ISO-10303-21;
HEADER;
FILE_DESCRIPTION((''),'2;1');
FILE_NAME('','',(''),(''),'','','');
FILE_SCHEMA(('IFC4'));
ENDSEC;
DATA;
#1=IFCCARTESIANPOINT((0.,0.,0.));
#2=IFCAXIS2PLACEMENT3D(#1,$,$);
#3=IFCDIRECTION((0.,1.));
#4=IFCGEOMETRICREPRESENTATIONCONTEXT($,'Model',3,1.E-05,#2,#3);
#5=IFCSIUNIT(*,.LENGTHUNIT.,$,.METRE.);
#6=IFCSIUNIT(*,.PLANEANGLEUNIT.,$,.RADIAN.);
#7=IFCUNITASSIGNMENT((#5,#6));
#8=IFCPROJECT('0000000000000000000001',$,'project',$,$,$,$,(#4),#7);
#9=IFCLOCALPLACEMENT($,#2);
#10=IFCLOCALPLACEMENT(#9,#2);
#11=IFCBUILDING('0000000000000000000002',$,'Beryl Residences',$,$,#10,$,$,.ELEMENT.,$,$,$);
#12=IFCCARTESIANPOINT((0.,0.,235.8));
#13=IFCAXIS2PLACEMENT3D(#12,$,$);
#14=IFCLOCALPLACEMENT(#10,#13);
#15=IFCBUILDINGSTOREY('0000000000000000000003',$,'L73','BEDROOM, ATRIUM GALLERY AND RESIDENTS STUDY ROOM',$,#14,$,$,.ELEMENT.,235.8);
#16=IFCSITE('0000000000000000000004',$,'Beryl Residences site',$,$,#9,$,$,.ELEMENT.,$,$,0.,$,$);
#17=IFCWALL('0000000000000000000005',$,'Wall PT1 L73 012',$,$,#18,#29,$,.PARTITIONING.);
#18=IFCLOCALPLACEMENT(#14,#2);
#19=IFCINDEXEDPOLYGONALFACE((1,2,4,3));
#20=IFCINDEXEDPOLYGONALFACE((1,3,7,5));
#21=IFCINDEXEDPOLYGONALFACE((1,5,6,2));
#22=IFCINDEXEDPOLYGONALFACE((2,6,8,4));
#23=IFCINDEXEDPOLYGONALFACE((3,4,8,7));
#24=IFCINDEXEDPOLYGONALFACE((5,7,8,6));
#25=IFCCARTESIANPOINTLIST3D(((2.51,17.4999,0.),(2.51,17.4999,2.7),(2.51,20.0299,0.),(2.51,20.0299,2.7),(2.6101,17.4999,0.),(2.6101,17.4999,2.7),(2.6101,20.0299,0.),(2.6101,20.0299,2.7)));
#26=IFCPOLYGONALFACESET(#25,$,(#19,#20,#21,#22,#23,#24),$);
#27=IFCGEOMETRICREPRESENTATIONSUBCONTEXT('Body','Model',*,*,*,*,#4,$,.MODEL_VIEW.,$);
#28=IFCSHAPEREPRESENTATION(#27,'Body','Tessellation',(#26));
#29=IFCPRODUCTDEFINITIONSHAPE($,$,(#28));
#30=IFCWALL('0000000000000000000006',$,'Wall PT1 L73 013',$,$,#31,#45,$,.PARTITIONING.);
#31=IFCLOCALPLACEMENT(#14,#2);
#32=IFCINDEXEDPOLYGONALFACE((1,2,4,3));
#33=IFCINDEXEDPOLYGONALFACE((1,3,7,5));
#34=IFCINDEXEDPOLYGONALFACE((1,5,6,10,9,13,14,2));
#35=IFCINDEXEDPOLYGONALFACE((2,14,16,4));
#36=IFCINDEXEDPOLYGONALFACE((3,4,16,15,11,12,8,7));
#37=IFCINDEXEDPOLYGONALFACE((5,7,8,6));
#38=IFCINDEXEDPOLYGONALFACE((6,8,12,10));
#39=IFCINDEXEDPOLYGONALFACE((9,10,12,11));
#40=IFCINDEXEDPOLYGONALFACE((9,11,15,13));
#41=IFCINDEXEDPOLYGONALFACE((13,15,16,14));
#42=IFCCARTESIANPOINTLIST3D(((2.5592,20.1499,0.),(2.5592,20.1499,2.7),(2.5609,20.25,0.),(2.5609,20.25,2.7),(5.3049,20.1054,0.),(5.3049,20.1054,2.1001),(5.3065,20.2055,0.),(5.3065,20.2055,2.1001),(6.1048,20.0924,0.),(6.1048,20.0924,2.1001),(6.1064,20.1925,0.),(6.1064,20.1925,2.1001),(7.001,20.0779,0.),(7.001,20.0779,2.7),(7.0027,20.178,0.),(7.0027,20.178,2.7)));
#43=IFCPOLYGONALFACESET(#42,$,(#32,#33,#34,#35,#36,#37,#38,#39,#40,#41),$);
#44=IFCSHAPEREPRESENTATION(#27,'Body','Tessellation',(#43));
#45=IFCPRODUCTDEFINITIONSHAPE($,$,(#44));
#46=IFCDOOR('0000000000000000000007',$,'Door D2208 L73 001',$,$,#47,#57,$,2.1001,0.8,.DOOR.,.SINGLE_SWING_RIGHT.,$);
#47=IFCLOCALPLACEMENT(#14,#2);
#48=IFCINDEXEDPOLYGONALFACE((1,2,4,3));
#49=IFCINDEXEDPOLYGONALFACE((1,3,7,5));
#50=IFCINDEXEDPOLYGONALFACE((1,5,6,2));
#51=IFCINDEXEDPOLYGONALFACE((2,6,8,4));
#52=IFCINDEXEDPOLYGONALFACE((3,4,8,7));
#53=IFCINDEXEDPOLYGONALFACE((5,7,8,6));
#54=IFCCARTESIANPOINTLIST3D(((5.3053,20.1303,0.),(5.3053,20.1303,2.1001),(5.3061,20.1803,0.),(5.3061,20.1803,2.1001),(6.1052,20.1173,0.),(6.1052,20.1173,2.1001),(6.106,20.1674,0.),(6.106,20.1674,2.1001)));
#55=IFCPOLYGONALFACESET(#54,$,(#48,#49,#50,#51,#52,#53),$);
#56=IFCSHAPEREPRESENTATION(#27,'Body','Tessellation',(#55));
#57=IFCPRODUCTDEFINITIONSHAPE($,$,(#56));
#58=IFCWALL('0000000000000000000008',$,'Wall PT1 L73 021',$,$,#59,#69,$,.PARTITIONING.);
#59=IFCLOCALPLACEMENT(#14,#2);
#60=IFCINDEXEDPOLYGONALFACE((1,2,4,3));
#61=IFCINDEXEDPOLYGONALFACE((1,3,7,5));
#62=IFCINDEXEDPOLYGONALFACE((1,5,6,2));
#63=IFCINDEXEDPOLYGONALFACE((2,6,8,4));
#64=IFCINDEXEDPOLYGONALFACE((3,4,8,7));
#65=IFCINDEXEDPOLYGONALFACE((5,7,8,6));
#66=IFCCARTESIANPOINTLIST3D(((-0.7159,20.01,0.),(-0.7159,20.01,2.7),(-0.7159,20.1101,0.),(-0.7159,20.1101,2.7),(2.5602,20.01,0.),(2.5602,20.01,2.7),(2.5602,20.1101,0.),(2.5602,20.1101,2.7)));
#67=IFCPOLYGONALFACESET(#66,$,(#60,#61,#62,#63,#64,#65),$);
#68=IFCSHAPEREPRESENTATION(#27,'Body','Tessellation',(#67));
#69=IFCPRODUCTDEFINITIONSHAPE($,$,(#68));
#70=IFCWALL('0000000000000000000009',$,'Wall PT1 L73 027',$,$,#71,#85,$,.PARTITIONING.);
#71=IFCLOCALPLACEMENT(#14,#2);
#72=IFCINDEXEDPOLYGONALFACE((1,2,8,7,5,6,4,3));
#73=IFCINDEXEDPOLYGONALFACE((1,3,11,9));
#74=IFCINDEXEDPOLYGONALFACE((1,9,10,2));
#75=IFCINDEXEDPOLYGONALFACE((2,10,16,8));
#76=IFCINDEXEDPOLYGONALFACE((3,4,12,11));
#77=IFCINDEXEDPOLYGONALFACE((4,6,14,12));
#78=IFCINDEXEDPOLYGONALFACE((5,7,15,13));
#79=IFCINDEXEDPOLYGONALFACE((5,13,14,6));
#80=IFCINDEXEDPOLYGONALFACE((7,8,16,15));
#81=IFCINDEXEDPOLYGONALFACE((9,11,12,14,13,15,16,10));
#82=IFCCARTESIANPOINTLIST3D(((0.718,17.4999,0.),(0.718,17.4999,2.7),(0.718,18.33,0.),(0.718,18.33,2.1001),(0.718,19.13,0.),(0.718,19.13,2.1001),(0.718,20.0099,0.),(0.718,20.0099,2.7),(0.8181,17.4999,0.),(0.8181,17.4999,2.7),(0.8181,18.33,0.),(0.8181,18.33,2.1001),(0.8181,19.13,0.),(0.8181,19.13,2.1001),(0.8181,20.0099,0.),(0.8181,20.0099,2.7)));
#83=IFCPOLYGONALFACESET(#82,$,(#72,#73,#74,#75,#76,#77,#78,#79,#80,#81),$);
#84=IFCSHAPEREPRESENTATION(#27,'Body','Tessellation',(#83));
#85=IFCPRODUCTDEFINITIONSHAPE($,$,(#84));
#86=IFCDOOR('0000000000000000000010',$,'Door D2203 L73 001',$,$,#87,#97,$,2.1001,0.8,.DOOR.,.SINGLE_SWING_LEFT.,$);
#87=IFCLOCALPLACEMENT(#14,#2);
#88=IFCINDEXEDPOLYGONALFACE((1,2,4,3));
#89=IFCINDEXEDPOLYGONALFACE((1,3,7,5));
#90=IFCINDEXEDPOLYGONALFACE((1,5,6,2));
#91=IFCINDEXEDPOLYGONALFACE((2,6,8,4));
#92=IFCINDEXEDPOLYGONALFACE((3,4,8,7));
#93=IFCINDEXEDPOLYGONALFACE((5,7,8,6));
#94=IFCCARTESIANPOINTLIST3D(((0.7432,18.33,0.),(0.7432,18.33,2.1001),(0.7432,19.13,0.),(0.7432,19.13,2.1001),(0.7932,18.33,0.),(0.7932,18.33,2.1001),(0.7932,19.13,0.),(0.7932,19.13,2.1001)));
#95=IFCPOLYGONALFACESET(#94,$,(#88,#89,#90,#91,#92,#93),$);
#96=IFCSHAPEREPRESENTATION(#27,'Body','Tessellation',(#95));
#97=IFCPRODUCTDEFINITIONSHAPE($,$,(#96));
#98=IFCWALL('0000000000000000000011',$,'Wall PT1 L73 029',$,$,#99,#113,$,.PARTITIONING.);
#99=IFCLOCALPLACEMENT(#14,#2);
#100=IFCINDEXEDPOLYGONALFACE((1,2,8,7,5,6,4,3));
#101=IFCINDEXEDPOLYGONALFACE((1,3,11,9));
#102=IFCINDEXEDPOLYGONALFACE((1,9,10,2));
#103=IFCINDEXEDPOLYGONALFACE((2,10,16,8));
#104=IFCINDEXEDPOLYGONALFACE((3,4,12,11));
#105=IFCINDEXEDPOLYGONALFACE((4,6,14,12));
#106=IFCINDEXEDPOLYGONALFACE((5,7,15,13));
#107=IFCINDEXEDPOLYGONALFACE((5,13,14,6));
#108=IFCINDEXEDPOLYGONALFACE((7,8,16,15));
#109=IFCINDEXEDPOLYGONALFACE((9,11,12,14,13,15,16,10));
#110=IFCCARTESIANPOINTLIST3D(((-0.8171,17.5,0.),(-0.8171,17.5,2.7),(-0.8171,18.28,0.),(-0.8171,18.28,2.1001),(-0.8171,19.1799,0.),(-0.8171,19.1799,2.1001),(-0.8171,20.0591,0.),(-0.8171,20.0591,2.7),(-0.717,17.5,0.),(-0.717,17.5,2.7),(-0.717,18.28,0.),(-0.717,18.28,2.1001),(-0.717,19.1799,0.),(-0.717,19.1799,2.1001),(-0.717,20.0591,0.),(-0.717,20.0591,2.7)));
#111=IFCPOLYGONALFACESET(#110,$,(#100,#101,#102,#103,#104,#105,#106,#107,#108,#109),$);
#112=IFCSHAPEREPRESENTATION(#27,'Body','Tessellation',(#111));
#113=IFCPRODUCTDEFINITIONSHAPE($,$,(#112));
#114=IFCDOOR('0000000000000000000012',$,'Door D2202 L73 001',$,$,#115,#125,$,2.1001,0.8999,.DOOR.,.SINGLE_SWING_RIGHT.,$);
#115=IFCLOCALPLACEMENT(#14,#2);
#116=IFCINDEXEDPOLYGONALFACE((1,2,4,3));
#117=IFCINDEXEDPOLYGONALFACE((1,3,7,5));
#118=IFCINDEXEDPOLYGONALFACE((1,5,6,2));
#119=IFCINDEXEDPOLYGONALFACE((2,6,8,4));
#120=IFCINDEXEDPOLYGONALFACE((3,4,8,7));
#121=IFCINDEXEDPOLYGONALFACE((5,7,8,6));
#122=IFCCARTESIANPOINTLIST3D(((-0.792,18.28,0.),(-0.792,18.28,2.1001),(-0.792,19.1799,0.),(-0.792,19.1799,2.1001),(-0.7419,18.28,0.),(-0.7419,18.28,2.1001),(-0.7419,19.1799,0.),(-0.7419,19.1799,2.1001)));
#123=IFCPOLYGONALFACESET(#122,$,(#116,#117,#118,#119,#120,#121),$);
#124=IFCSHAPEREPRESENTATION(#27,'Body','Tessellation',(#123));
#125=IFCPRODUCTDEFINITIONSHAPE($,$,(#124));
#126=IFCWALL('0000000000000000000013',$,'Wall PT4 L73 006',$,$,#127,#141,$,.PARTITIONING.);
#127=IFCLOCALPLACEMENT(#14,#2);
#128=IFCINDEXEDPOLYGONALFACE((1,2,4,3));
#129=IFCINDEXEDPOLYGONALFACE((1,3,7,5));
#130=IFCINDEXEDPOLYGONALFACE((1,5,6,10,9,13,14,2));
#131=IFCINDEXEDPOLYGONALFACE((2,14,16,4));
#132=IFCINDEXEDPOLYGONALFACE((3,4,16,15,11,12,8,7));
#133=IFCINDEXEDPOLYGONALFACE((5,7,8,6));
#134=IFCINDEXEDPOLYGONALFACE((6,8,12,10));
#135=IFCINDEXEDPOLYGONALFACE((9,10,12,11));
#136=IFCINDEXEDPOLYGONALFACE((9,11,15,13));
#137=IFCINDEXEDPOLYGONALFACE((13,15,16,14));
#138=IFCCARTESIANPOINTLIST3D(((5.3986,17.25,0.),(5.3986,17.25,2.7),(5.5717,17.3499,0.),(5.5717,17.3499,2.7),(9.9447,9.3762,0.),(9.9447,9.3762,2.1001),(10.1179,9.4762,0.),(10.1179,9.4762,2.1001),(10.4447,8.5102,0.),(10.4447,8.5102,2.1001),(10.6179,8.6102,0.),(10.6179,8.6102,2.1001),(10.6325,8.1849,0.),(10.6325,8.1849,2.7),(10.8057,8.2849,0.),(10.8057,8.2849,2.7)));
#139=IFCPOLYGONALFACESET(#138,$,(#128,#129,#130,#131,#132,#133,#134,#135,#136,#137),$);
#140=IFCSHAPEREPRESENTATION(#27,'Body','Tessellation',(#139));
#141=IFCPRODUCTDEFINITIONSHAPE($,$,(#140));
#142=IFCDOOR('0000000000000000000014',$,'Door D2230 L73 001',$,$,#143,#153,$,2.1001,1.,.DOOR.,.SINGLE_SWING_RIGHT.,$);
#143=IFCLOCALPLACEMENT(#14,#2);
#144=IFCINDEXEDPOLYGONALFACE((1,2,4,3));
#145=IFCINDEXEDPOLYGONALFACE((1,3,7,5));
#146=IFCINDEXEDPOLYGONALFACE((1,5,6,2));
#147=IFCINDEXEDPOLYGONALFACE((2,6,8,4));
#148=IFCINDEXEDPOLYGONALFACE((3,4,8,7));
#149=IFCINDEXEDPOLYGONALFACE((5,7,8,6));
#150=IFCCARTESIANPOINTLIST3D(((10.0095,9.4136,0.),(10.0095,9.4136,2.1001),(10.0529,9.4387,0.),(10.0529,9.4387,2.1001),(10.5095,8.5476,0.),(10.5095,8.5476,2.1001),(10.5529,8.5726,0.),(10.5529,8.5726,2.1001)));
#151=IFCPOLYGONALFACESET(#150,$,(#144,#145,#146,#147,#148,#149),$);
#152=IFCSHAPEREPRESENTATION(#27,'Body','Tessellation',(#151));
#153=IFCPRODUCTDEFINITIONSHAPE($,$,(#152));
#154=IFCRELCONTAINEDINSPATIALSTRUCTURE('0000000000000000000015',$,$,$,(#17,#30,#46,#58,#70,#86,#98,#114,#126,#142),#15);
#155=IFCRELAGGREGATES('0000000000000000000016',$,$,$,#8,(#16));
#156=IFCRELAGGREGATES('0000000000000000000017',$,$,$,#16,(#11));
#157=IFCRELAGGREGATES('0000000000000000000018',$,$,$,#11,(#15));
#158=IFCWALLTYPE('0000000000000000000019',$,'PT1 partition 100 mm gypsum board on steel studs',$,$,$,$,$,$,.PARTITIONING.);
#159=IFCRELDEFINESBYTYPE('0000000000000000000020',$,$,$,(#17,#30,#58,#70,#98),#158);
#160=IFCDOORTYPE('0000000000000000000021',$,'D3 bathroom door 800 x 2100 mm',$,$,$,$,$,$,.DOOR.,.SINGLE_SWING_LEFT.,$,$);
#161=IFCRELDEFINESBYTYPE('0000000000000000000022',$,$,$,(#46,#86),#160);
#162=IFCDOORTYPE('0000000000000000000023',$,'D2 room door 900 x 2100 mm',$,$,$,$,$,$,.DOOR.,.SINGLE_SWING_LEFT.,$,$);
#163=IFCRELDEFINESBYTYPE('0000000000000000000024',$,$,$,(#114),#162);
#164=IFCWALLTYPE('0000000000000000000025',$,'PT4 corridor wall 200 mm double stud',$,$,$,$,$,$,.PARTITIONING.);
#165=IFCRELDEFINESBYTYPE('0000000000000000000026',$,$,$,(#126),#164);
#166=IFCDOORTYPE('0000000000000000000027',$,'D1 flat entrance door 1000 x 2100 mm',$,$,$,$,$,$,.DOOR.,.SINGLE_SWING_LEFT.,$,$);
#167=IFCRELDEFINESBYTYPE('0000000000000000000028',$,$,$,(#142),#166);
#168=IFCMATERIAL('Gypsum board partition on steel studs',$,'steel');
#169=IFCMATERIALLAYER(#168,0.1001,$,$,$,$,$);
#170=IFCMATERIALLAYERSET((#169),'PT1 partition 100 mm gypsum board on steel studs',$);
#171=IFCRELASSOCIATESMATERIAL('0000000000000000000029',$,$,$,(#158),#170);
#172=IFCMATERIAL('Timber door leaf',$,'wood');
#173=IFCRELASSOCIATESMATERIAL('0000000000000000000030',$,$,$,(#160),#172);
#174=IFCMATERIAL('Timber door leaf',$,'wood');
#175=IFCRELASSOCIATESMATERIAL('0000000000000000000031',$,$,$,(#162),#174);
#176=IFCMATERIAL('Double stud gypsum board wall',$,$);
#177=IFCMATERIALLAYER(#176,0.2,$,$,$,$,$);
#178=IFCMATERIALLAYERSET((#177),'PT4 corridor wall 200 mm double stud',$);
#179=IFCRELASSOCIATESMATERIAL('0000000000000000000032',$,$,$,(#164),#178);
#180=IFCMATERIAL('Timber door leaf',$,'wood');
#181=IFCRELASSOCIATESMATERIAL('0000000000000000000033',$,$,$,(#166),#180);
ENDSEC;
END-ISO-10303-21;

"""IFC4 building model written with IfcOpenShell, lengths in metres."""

from ifc_helpers import new_model, si_unit, direction, frame, frame_2d, origin, place, context, subcontext, project, spatial, rectangle, extrude, material, layer, layer_set, type_object, element, fill, save


model = new_model("IFC4")

# Units and contexts
model_context = context("Model", 3, precision=1e-05, world=origin(), true_north=direction((0.0, 1.0)))
body_context = subcontext(model_context, "Body", "Model", "MODEL_VIEW")
ifc_project = project(units=[si_unit("LENGTHUNIT", "METRE"), si_unit("PLANEANGLEUNIT", "RADIAN")], contexts=[model_context])

# Site, building, storey
site_placement = place(None, origin())
site = spatial("IfcSite", under=ifc_project, at=site_placement, Name="Beryl Residences site", CompositionType="ELEMENT", RefElevation=0.0)
building_placement = place(site_placement, origin())
building = spatial("IfcBuilding", under=site, at=building_placement, Name="Beryl Residences", CompositionType="ELEMENT")
storey_placement = place(building_placement, frame((0.0, 0.0, 235.8)))
storey = spatial("IfcBuildingStorey", under=building, at=storey_placement, Name="L73", Description="BEDROOM, ATRIUM GALLERY AND RESIDENTS STUDY ROOM", CompositionType="ELEMENT", Elevation=235.8)

# Shared definitions
ifc_material_1 = material(Name="Gypsum board partition on steel studs", Category="steel")
ifc_layer_1 = layer(ifc_material_1, 0.1001)
ifc_layer_set_1 = layer_set([ifc_layer_1], Name="PT1 partition 100 mm gypsum board on steel studs")
wall_type_1 = type_object("IfcWallType", Name="PT1 partition 100 mm gypsum board on steel studs", PredefinedType="PARTITIONING", material=ifc_layer_set_1)

# Wall
wall_1_placement = place(storey_placement, frame((2.5601, 20.03, 0.0), z_axis=(0.0, 0.0, 1.0), x_axis=(0.0, -1.0, 0.0)))
element("IfcWall", 1, at=wall_1_placement, inside=storey, type_object=wall_type_1, Name="Wall PT1 L73 012", PredefinedType="PARTITIONING", context=body_context, shape_type="SweptSolid", body=[
    extrude(rectangle(XDim=2.53, YDim=0.1001, at=frame_2d((1.2651, 0.0))), origin(), (0.0, 0.0, 1.0), 2.7),
])

# Wall, opening, door
wall_2_placement = place(storey_placement, frame((2.5601, 20.2, 0.0), z_axis=(0.0, 0.0, 1.0), x_axis=(0.999869, -0.016212, 0.0)))
wall_2 = element("IfcWall", 2, at=wall_2_placement, inside=storey, type_object=wall_type_1, Name="Wall PT1 L73 013", PredefinedType="PARTITIONING", context=body_context, shape_type="SweptSolid", body=[
    extrude(rectangle(XDim=4.4424, YDim=0.1001, at=frame_2d((2.2212, 0.0))), origin(), (0.0, 0.0, 1.0), 2.7),
])
opening_1_placement = place(wall_2_placement, frame((2.7461, 0.0, 0.0)))
opening_1 = element("IfcOpeningElement", 3, at=opening_1_placement, cuts=wall_2, PredefinedType="OPENING", context=body_context, shape_type="SweptSolid", body=[
    extrude(rectangle(XDim=0.8, YDim=2.1001, at=frame_2d((0.3999, 1.05))), frame((0.0, 0.0601, 0.0), z_axis=(0.0, -1.0, 0.0), x_axis=(1.0, 0.0, 0.0)), (0.0, 0.0, 1.0), 0.1201),
])
ifc_material_2 = material(Name="Timber door leaf", Category="wood")
door_type_1 = type_object("IfcDoorType", Name="D3 bathroom door 800 x 2100 mm", OperationType="SINGLE_SWING_LEFT", PredefinedType="DOOR", material=ifc_material_2)
door_1_placement = place(opening_1_placement, origin())
door_1 = element("IfcDoor", 4, at=door_1_placement, inside=storey, type_object=door_type_1, Name="Door D2208 L73 001", OperationType="SINGLE_SWING_RIGHT", OverallHeight=2.1001, OverallWidth=0.8, PredefinedType="DOOR", context=body_context, shape_type="SweptSolid", body=[
    extrude(rectangle(XDim=0.8, YDim=2.1001, at=frame_2d((0.3999, 1.05))), frame((0.0, 0.0249, 0.0), z_axis=(0.0, -1.0, 0.0), x_axis=(1.0, 0.0, 0.0)), (0.0, 0.0, 1.0), 0.05),
])
fill(opening_1, door_1)

# Wall
wall_3_placement = place(storey_placement, frame((-0.7161, 20.0601, 0.0), z_axis=(0.0, 0.0, 1.0), x_axis=(1.0, 0.0, 0.0)))
element("IfcWall", 5, at=wall_3_placement, inside=storey, type_object=wall_type_1, Name="Wall PT1 L73 021", PredefinedType="PARTITIONING", context=body_context, shape_type="SweptSolid", body=[
    extrude(rectangle(XDim=3.2761, YDim=0.1001, at=frame_2d((1.6382, 0.0))), origin(), (0.0, 0.0, 1.0), 2.7),
])

# Walls, openings, doors
wall_4_placement = place(storey_placement, frame((0.7681, 17.5, 0.0), z_axis=(0.0, 0.0, 1.0), x_axis=(0.0, 1.0, 0.0)))
wall_4 = element("IfcWall", 6, at=wall_4_placement, inside=storey, type_object=wall_type_1, Name="Wall PT1 L73 027", PredefinedType="PARTITIONING", context=body_context, shape_type="SweptSolid", body=[
    extrude(rectangle(XDim=2.51, YDim=0.1001, at=frame_2d((1.2549, 0.0))), origin(), (0.0, 0.0, 1.0), 2.7),
])
opening_2_placement = place(wall_4_placement, frame((0.8301, 0.0, 0.0)))
opening_2 = element("IfcOpeningElement", 7, at=opening_2_placement, cuts=wall_4, PredefinedType="OPENING", context=body_context, shape_type="SweptSolid", body=[
    extrude(rectangle(XDim=0.8, YDim=2.1001, at=frame_2d((0.3999, 1.05))), frame((0.0, 0.0601, 0.0), z_axis=(0.0, -1.0, 0.0), x_axis=(1.0, 0.0, 0.0)), (0.0, 0.0, 1.0), 0.1201),
])
door_2_placement = place(opening_2_placement, origin())
door_2 = element("IfcDoor", 8, at=door_2_placement, inside=storey, type_object=door_type_1, Name="Door D2203 L73 001", OperationType="SINGLE_SWING_LEFT", OverallHeight=2.1001, OverallWidth=0.8, PredefinedType="DOOR", context=body_context, shape_type="SweptSolid", body=[
    extrude(rectangle(XDim=0.8, YDim=2.1001, at=frame_2d((0.3999, 1.05))), frame((0.0, 0.0249, 0.0), z_axis=(0.0, -1.0, 0.0), x_axis=(1.0, 0.0, 0.0)), (0.0, 0.0, 1.0), 0.05),
])
fill(opening_2, door_2)
wall_5_placement = place(storey_placement, frame((-0.7671, 17.5, 0.0), z_axis=(0.0, 0.0, 1.0), x_axis=(0.0, 1.0, 0.0)))
wall_5 = element("IfcWall", 9, at=wall_5_placement, inside=storey, type_object=wall_type_1, Name="Wall PT1 L73 029", PredefinedType="PARTITIONING", context=body_context, shape_type="SweptSolid", body=[
    extrude(rectangle(XDim=2.5591, YDim=0.1001, at=frame_2d((1.2795, 0.0))), origin(), (0.0, 0.0, 1.0), 2.7),
])
opening_3_placement = place(wall_5_placement, frame((0.78, 0.0, 0.0)))
opening_3 = element("IfcOpeningElement", 10, at=opening_3_placement, cuts=wall_5, PredefinedType="OPENING", context=body_context, shape_type="SweptSolid", body=[
    extrude(rectangle(XDim=0.8999, YDim=2.1001, at=frame_2d((0.45, 1.05))), frame((0.0, 0.0601, 0.0), z_axis=(0.0, -1.0, 0.0), x_axis=(1.0, 0.0, 0.0)), (0.0, 0.0, 1.0), 0.1201),
])
ifc_material_3 = material(Name="Timber door leaf", Category="wood")
door_type_2 = type_object("IfcDoorType", Name="D2 room door 900 x 2100 mm", OperationType="SINGLE_SWING_LEFT", PredefinedType="DOOR", material=ifc_material_3)
door_3_placement = place(opening_3_placement, origin())
door_3 = element("IfcDoor", 11, at=door_3_placement, inside=storey, type_object=door_type_2, Name="Door D2202 L73 001", OperationType="SINGLE_SWING_RIGHT", OverallHeight=2.1001, OverallWidth=0.8999, PredefinedType="DOOR", context=body_context, shape_type="SweptSolid", body=[
    extrude(rectangle(XDim=0.8999, YDim=2.1001, at=frame_2d((0.45, 1.05))), frame((0.0, 0.0249, 0.0), z_axis=(0.0, -1.0, 0.0), x_axis=(1.0, 0.0, 0.0)), (0.0, 0.0, 1.0), 0.05),
])
fill(opening_3, door_3)
ifc_material_4 = material(Name="Double stud gypsum board wall")
ifc_layer_2 = layer(ifc_material_4, 0.2)
ifc_layer_set_2 = layer_set([ifc_layer_2], Name="PT4 corridor wall 200 mm double stud")
wall_type_2 = type_object("IfcWallType", Name="PT4 corridor wall 200 mm double stud", PredefinedType="PARTITIONING", material=ifc_layer_set_2)
wall_6_placement = place(storey_placement, frame((5.4851, 17.3, 0.0), z_axis=(0.0, 0.0, 1.0), x_axis=(0.500017, -0.866015, 0.0)))
wall_6 = element("IfcWall", 12, at=wall_6_placement, inside=storey, type_object=wall_type_2, Name="Wall PT4 L73 006", PredefinedType="PARTITIONING", context=body_context, shape_type="SweptSolid", body=[
    extrude(rectangle(XDim=10.4675, YDim=0.2, at=frame_2d((5.2339, 0.0))), origin(), (0.0, 0.0, 1.0), 2.7),
])
opening_4_placement = place(wall_6_placement, frame((9.092, 0.0, 0.0)))
opening_4 = element("IfcOpeningElement", 13, at=opening_4_placement, cuts=wall_6, PredefinedType="OPENING", context=body_context, shape_type="SweptSolid", body=[
    extrude(rectangle(XDim=1.0, YDim=2.1001, at=frame_2d((0.5, 1.05))), frame((0.0, 0.1099, 0.0), z_axis=(0.0, -1.0, 0.0), x_axis=(1.0, 0.0, 0.0)), (0.0, 0.0, 1.0), 0.22),
])
ifc_material_5 = material(Name="Timber door leaf", Category="wood")
door_type_3 = type_object("IfcDoorType", Name="D1 flat entrance door 1000 x 2100 mm", OperationType="SINGLE_SWING_LEFT", PredefinedType="DOOR", material=ifc_material_5)
door_4_placement = place(opening_4_placement, origin())
door_4 = element("IfcDoor", 14, at=door_4_placement, inside=storey, type_object=door_type_3, Name="Door D2230 L73 001", OperationType="SINGLE_SWING_RIGHT", OverallHeight=2.1001, OverallWidth=1.0, PredefinedType="DOOR", context=body_context, shape_type="SweptSolid", body=[
    extrude(rectangle(XDim=1.0, YDim=2.1001, at=frame_2d((0.5, 1.05))), frame((0.0, 0.0249, 0.0), z_axis=(0.0, -1.0, 0.0), x_axis=(1.0, 0.0, 0.0)), (0.0, 0.0, 1.0), 0.05),
])
fill(opening_4, door_4)

save(model, "model.ifc")
